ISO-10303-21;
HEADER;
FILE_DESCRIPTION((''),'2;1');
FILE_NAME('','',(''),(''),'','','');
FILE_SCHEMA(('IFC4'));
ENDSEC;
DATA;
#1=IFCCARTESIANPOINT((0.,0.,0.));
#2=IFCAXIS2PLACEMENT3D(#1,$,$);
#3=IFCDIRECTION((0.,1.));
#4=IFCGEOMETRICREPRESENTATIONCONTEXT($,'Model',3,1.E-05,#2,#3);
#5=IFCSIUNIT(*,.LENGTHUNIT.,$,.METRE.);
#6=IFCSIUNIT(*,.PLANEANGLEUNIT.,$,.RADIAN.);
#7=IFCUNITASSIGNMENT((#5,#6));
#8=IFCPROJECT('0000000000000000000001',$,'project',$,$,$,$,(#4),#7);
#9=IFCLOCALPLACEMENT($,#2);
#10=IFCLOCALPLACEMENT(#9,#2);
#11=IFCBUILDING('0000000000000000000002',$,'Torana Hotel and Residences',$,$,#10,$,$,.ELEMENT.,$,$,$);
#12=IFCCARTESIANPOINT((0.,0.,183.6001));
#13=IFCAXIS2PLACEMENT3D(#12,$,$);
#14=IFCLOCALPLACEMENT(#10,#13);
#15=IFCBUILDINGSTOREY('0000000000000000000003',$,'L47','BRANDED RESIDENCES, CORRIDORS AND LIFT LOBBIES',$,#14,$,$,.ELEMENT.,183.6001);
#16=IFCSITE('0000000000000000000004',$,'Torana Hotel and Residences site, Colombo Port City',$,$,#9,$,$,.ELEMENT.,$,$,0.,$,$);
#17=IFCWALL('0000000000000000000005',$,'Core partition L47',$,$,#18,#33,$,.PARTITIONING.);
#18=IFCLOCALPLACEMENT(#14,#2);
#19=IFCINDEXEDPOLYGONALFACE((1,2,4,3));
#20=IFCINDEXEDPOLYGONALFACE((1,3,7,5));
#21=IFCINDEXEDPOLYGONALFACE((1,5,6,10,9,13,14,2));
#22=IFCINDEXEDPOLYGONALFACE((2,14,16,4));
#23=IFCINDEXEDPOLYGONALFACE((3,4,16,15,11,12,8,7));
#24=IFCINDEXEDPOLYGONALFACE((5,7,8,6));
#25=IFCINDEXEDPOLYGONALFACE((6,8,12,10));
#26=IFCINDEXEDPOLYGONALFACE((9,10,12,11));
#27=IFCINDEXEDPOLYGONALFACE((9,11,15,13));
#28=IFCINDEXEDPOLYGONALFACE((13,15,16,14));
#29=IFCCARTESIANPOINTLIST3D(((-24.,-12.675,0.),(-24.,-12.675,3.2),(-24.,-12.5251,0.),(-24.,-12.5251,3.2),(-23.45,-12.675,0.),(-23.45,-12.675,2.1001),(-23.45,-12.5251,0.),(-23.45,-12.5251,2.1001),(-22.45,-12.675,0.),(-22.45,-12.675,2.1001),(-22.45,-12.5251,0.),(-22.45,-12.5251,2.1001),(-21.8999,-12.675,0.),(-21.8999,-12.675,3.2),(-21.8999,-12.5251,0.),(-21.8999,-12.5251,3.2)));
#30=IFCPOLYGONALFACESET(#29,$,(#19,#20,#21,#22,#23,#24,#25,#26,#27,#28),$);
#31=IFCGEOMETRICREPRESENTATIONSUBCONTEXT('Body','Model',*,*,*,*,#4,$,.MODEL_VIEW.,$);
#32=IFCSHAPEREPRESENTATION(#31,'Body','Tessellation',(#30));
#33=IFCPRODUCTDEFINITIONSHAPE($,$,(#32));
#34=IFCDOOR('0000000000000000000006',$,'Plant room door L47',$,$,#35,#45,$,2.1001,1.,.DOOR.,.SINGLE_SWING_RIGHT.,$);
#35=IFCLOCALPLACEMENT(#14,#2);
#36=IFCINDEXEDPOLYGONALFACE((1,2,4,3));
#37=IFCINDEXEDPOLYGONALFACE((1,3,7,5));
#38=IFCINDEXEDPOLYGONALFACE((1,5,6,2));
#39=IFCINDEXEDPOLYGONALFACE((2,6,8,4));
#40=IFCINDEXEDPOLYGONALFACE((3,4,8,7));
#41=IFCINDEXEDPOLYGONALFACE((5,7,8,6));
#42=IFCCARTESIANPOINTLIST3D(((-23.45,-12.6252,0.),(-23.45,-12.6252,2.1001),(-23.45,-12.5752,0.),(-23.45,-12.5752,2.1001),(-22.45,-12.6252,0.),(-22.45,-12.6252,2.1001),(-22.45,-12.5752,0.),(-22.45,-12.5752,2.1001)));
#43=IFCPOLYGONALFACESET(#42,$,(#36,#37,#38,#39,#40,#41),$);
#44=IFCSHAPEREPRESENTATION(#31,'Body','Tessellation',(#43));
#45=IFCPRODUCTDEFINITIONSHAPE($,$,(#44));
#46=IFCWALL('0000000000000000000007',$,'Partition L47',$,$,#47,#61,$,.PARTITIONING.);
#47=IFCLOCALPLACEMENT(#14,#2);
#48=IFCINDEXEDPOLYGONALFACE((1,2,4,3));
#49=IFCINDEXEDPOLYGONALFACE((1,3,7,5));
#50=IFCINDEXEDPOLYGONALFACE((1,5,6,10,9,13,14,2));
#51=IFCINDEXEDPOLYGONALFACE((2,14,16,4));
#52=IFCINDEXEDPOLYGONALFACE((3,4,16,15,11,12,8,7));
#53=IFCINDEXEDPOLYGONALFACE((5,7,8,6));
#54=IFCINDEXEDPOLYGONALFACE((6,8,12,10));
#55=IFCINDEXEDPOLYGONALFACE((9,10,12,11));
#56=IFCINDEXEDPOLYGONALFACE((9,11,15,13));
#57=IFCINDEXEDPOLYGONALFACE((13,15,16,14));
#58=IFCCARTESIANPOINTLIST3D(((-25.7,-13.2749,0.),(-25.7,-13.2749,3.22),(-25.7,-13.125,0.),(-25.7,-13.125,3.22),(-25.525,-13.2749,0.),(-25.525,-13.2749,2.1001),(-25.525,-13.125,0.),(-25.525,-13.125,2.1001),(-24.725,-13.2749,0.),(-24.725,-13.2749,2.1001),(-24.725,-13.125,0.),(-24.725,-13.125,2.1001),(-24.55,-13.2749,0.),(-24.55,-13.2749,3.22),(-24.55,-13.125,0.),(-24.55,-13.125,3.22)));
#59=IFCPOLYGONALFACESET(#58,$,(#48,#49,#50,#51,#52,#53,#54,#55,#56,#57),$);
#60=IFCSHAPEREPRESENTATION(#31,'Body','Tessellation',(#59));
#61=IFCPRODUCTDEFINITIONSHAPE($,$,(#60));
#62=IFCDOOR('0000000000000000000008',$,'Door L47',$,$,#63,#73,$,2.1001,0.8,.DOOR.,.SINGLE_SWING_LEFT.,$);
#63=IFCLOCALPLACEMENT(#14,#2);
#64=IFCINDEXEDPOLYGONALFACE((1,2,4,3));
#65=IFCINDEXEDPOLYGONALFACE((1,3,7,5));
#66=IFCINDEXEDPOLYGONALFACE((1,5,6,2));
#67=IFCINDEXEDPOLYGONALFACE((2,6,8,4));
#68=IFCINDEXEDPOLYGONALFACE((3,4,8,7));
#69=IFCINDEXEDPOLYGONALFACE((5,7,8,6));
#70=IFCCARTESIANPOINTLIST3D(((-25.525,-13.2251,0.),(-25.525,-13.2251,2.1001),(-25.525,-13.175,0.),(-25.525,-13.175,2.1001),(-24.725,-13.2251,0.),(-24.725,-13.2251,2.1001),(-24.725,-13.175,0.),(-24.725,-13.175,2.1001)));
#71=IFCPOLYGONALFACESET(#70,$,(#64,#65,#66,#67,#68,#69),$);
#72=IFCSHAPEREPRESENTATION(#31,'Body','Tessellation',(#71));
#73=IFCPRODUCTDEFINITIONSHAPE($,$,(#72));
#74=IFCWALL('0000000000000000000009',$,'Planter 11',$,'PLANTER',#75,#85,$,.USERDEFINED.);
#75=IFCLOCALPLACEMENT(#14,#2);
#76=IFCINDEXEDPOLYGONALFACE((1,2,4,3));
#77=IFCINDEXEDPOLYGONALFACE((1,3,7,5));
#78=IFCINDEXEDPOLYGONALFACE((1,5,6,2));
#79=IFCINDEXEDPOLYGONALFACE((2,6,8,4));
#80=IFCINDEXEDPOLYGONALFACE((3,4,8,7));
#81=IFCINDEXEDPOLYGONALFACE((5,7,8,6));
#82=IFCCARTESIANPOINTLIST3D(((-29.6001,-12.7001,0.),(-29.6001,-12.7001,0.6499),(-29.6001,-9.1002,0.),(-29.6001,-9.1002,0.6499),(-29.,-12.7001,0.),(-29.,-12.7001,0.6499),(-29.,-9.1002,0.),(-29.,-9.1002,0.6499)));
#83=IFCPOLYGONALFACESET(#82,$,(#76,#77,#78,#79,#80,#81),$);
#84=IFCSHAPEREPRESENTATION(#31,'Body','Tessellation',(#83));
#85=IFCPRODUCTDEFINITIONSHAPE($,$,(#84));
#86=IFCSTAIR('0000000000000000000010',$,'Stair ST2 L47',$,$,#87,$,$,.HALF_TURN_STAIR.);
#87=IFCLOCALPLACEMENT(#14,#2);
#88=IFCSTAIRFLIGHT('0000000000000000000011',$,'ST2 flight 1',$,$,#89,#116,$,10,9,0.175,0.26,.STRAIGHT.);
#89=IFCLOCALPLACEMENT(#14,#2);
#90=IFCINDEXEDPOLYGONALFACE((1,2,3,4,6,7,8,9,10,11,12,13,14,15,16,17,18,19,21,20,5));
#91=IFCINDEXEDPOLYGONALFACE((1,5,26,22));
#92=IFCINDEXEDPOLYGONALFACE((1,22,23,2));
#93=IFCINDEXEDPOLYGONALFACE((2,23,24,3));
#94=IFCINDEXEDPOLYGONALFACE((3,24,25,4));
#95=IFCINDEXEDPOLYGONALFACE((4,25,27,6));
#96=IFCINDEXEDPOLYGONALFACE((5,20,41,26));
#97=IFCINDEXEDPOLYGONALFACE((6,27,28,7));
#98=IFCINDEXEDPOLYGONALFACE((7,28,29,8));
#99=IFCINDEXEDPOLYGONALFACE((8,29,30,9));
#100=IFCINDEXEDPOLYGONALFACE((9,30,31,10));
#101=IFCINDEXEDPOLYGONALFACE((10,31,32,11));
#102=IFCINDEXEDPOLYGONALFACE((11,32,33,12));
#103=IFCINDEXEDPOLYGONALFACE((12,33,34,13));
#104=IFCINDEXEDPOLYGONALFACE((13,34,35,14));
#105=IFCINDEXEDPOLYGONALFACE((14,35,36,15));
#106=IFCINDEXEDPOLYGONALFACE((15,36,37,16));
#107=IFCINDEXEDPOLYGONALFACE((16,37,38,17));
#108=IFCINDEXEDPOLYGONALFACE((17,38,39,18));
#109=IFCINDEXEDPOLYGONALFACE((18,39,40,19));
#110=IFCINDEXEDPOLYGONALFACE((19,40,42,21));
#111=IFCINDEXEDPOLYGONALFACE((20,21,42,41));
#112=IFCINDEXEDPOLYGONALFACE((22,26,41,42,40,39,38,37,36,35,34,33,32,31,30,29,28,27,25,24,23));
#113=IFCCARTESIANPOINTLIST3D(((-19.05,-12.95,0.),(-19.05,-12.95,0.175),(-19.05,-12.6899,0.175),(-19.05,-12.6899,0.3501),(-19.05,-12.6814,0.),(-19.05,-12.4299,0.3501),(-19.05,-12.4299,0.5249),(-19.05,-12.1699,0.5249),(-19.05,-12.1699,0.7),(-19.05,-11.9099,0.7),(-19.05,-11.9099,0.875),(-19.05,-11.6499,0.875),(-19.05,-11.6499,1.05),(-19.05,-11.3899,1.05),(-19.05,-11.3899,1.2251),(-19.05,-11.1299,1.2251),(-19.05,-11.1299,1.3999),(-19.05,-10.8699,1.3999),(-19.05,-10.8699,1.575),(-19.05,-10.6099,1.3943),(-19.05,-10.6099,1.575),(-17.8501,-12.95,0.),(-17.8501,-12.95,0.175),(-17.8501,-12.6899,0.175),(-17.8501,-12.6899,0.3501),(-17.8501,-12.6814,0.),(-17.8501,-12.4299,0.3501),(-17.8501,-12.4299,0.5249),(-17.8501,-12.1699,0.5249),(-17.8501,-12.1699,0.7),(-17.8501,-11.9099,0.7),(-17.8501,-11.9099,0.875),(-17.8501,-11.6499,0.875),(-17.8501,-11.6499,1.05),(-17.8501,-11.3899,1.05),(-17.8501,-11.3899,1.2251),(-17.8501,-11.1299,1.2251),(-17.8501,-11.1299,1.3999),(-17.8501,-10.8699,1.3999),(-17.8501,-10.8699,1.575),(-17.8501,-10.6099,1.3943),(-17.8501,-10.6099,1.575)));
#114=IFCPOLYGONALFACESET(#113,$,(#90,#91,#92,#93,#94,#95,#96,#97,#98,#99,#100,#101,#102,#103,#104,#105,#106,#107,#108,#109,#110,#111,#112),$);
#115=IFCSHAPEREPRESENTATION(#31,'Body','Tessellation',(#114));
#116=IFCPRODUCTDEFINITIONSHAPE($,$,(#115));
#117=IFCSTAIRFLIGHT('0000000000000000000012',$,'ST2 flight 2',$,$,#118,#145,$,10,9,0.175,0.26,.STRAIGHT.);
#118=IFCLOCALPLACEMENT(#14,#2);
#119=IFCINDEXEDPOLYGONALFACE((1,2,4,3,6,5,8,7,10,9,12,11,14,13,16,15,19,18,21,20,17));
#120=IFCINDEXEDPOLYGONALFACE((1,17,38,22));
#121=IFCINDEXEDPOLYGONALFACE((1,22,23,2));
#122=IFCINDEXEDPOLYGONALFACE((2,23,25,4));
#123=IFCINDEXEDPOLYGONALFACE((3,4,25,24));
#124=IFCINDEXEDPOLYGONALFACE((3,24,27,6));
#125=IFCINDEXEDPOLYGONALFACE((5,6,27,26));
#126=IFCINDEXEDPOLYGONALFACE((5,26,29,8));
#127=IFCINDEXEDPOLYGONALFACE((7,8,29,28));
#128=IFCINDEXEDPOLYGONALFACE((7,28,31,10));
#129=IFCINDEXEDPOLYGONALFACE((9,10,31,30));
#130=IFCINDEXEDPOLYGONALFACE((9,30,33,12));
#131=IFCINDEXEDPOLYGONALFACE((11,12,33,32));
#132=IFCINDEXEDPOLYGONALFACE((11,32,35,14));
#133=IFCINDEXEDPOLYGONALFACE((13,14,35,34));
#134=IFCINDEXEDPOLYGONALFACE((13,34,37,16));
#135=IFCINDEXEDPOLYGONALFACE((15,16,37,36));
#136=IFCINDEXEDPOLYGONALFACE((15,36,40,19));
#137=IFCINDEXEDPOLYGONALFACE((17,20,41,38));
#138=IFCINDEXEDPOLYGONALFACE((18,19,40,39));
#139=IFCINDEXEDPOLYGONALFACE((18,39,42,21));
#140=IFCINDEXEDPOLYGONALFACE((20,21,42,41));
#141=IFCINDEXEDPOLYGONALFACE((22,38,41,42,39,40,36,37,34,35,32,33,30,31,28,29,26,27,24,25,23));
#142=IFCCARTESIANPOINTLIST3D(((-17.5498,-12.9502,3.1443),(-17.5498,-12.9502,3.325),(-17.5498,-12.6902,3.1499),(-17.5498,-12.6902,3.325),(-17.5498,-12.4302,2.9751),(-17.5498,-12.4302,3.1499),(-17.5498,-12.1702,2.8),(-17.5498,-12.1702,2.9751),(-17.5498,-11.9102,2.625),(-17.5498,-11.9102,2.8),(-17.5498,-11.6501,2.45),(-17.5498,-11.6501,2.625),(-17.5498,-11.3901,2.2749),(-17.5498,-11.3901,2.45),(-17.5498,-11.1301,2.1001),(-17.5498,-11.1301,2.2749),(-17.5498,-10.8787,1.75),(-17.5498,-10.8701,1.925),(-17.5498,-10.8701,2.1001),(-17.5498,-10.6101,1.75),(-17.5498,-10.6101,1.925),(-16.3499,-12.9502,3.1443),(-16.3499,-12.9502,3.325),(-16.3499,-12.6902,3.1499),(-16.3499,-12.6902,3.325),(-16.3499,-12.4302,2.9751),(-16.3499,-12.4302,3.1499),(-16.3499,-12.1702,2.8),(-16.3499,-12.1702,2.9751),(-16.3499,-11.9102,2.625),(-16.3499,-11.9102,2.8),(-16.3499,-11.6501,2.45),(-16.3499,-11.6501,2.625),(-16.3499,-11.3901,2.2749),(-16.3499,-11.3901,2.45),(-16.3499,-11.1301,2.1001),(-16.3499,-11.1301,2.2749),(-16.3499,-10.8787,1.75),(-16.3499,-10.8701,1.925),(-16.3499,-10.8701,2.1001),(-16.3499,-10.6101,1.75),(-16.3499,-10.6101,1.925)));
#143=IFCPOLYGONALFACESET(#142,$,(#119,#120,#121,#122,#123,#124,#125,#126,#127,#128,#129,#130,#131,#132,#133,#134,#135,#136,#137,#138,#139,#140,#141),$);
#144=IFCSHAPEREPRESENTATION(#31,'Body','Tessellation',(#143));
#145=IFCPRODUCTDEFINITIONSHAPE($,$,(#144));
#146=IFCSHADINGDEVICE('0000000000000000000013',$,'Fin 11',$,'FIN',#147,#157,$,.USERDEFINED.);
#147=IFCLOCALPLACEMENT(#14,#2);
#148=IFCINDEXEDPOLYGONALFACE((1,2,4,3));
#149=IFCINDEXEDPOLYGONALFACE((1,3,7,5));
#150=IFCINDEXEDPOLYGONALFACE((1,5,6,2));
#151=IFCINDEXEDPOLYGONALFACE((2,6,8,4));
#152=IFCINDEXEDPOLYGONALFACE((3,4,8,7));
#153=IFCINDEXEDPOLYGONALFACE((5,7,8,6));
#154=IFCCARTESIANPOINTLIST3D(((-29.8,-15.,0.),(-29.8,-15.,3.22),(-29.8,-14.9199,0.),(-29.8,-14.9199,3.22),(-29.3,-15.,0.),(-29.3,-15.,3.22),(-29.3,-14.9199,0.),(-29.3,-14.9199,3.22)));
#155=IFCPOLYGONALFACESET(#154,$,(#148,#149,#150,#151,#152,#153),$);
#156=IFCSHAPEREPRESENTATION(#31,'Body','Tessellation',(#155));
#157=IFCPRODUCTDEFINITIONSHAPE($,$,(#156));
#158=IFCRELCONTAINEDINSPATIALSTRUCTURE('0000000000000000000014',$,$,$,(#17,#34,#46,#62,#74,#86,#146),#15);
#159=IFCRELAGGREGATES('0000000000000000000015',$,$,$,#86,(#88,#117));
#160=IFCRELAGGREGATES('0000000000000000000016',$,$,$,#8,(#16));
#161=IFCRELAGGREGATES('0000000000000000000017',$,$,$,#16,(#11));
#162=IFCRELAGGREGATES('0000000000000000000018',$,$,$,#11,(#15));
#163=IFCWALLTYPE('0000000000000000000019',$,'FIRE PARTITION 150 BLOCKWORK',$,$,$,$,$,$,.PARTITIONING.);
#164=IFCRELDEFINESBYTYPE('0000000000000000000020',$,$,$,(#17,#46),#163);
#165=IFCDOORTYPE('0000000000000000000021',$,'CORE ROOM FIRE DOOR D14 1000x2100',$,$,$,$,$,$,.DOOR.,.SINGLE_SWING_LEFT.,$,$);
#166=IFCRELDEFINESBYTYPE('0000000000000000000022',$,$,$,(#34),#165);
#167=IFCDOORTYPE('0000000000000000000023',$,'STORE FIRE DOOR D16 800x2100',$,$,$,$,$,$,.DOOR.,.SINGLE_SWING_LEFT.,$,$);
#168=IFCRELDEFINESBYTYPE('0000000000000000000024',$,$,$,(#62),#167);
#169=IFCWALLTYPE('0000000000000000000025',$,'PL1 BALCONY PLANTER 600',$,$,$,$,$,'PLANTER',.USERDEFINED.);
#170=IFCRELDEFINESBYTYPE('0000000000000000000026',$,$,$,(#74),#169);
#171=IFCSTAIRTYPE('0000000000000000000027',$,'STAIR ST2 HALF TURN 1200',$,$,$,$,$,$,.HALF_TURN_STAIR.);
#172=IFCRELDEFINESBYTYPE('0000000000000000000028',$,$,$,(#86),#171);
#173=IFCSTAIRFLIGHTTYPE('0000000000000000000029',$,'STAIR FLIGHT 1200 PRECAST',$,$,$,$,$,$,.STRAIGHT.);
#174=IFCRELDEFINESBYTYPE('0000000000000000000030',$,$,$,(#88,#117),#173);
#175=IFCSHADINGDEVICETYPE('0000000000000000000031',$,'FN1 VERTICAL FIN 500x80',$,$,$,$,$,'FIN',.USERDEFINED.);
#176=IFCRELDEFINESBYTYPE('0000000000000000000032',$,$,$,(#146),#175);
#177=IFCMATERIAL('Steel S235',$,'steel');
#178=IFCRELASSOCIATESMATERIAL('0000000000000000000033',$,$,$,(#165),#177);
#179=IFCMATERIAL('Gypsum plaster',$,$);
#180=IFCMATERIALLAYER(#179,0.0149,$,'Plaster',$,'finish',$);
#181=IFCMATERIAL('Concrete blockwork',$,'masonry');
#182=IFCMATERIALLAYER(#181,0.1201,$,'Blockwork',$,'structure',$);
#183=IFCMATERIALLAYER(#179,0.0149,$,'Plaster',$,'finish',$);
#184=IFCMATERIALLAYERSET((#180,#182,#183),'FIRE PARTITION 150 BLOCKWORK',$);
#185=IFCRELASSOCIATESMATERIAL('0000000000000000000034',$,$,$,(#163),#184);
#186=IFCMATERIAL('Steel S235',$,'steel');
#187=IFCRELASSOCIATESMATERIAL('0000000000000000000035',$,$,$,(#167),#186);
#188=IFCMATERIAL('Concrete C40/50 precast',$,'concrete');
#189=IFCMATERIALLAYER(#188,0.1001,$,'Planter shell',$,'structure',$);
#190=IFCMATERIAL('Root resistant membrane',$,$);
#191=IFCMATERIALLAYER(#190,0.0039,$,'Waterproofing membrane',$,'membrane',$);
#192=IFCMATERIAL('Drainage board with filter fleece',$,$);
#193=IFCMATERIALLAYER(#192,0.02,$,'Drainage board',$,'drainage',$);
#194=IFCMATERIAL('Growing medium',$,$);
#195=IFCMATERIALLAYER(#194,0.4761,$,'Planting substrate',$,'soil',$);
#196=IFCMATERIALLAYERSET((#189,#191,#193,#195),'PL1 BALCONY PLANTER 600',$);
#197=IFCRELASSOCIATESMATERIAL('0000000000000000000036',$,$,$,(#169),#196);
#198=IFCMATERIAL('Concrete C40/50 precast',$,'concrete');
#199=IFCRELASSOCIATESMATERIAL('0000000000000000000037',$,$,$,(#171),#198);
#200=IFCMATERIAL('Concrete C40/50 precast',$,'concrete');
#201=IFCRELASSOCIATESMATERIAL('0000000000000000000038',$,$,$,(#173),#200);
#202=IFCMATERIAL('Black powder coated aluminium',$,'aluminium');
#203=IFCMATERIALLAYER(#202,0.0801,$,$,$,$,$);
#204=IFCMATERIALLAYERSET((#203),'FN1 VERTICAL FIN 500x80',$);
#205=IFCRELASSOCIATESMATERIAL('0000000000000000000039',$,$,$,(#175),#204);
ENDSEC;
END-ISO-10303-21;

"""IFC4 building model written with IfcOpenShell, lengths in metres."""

from ifc_helpers import new_model, si_unit, direction, frame, frame_2d, origin, origin_2d, place, context, subcontext, project, spatial, polyline, rectangle, outline, extrude, material, layer, layer_set, type_object, element, fill, aggregate, save


model = new_model("IFC4")

# Units and contexts
model_context = context("Model", 3, precision=1e-05, world=origin(), true_north=direction((0.0, 1.0)))
body_context = subcontext(model_context, "Body", "Model", "MODEL_VIEW")
ifc_project = project(units=[si_unit("LENGTHUNIT", "METRE"), si_unit("PLANEANGLEUNIT", "RADIAN")], contexts=[model_context])

# Site, building, storey
site_placement = place(None, origin())
site = spatial("IfcSite", under=ifc_project, at=site_placement, Name="Torana Hotel and Residences site, Colombo Port City", CompositionType="ELEMENT", RefElevation=0.0)
building_placement = place(site_placement, origin())
building = spatial("IfcBuilding", under=site, at=building_placement, Name="Torana Hotel and Residences", CompositionType="ELEMENT")
storey_placement = place(building_placement, frame((0.0, 0.0, 183.6001)))
storey = spatial("IfcBuildingStorey", under=building, at=storey_placement, Name="L47", Description="BRANDED RESIDENCES, CORRIDORS AND LIFT LOBBIES", CompositionType="ELEMENT", Elevation=183.6001)

# Shared definitions
ifc_material_1 = material(Name="Steel S235", Category="steel")
door_type_1 = type_object("IfcDoorType", Name="CORE ROOM FIRE DOOR D14 1000x2100", OperationType="SINGLE_SWING_LEFT", PredefinedType="DOOR", material=ifc_material_1)

# Walls, openings, doors
ifc_material_2 = material(Name="Gypsum plaster")
ifc_layer_1 = layer(ifc_material_2, 0.0149, Name="Plaster", Category="finish")
ifc_material_3 = material(Name="Concrete blockwork", Category="masonry")
ifc_layer_2 = layer(ifc_material_3, 0.1201, Name="Blockwork", Category="structure")
ifc_layer_3 = layer(ifc_material_2, 0.0149, Name="Plaster", Category="finish")
ifc_layer_set_1 = layer_set([ifc_layer_1, ifc_layer_2, ifc_layer_3], Name="FIRE PARTITION 150 BLOCKWORK")
wall_type_1 = type_object("IfcWallType", Name="FIRE PARTITION 150 BLOCKWORK", PredefinedType="PARTITIONING", material=ifc_layer_set_1)
wall_1_placement = place(storey_placement, frame((-24.0, -12.6001, 0.0), z_axis=(0.0, 0.0, 1.0), x_axis=(1.0, 0.0, 0.0)))
wall_1 = element("IfcWall", 1, at=wall_1_placement, inside=storey, type_object=wall_type_1, Name="Core partition L47", PredefinedType="PARTITIONING", context=body_context, shape_type="SweptSolid", body=[
    extrude(rectangle(XDim=2.1001, YDim=0.1499, at=frame_2d((1.05, 0.0))), origin(), (0.0, 0.0, 1.0), 3.2),
])
opening_1_placement = place(wall_1_placement, frame((0.55, 0.0, 0.0)))
opening_1 = element("IfcOpeningElement", 2, at=opening_1_placement, cuts=wall_1, PredefinedType="OPENING", context=body_context, shape_type="SweptSolid", body=[
    extrude(rectangle(XDim=1.0, YDim=2.1001, at=frame_2d((0.5, 1.05))), frame((0.0, 0.085, 0.0), z_axis=(0.0, -1.0, 0.0), x_axis=(1.0, 0.0, 0.0)), (0.0, 0.0, 1.0), 0.1699),
])
door_1_placement = place(opening_1_placement, origin())
door_1 = element("IfcDoor", 3, at=door_1_placement, inside=storey, type_object=door_type_1, Name="Plant room door L47", OperationType="SINGLE_SWING_RIGHT", OverallHeight=2.1001, OverallWidth=1.0, PredefinedType="DOOR", context=body_context, shape_type="SweptSolid", body=[
    extrude(rectangle(XDim=1.0, YDim=2.1001, at=frame_2d((0.5, 1.05))), frame((0.0, 0.0249, 0.0), z_axis=(0.0, -1.0, 0.0), x_axis=(1.0, 0.0, 0.0)), (0.0, 0.0, 1.0), 0.05),
])
fill(opening_1, door_1)
wall_2_placement = place(storey_placement, frame((-25.7, -13.2, 0.0), z_axis=(0.0, 0.0, 1.0), x_axis=(1.0, 0.0, 0.0)))
wall_2 = element("IfcWall", 4, at=wall_2_placement, inside=storey, type_object=wall_type_1, Name="Partition L47", PredefinedType="PARTITIONING", context=body_context, shape_type="SweptSolid", body=[
    extrude(rectangle(XDim=1.1499, YDim=0.1499, at=frame_2d((0.575, 0.0))), origin(), (0.0, 0.0, 1.0), 3.22),
])
opening_2_placement = place(wall_2_placement, frame((0.175, 0.0, 0.0)))
opening_2 = element("IfcOpeningElement", 5, at=opening_2_placement, cuts=wall_2, PredefinedType="OPENING", context=body_context, shape_type="SweptSolid", body=[
    extrude(rectangle(XDim=0.8, YDim=2.1001, at=frame_2d((0.3999, 1.05))), frame((0.0, 0.085, 0.0), z_axis=(0.0, -1.0, 0.0), x_axis=(1.0, 0.0, 0.0)), (0.0, 0.0, 1.0), 0.1699),
])
ifc_material_4 = material(Name="Steel S235", Category="steel")
door_type_2 = type_object("IfcDoorType", Name="STORE FIRE DOOR D16 800x2100", OperationType="SINGLE_SWING_LEFT", PredefinedType="DOOR", material=ifc_material_4)
door_2_placement = place(opening_2_placement, origin())
door_2 = element("IfcDoor", 6, at=door_2_placement, inside=storey, type_object=door_type_2, Name="Door L47", OperationType="SINGLE_SWING_LEFT", OverallHeight=2.1001, OverallWidth=0.8, PredefinedType="DOOR", context=body_context, shape_type="SweptSolid", body=[
    extrude(rectangle(XDim=0.8, YDim=2.1001, at=frame_2d((0.3999, 1.05))), frame((0.0, 0.0249, 0.0), z_axis=(0.0, -1.0, 0.0), x_axis=(1.0, 0.0, 0.0)), (0.0, 0.0, 1.0), 0.05),
])
fill(opening_2, door_2)

# Wall
ifc_material_5 = material(Name="Concrete C40/50 precast", Category="concrete")
ifc_layer_4 = layer(ifc_material_5, 0.1001, Name="Planter shell", Category="structure")
ifc_material_6 = material(Name="Root resistant membrane")
ifc_layer_5 = layer(ifc_material_6, 0.0039, Name="Waterproofing membrane", Category="membrane")
ifc_material_7 = material(Name="Drainage board with filter fleece")
ifc_layer_6 = layer(ifc_material_7, 0.02, Name="Drainage board", Category="drainage")
ifc_material_8 = material(Name="Growing medium")
ifc_layer_7 = layer(ifc_material_8, 0.4761, Name="Planting substrate", Category="soil")
ifc_layer_set_2 = layer_set([ifc_layer_4, ifc_layer_5, ifc_layer_6, ifc_layer_7], Name="PL1 BALCONY PLANTER 600")
wall_type_2 = type_object("IfcWallType", Name="PL1 BALCONY PLANTER 600", ElementType="PLANTER", PredefinedType="USERDEFINED", material=ifc_layer_set_2)
wall_3_placement = place(storey_placement, frame((-29.3, -12.7, 0.0), z_axis=(0.0, 0.0, 1.0), x_axis=(0.0, 1.0, 0.0)))
element("IfcWall", 7, at=wall_3_placement, inside=storey, type_object=wall_type_2, Name="Planter 11", ObjectType="PLANTER", PredefinedType="USERDEFINED", context=body_context, shape_type="SweptSolid", body=[
    extrude(rectangle(XDim=3.5999, YDim=0.6001, at=frame_2d((1.7998, 0.0))), origin(), (0.0, 0.0, 1.0), 0.6499),
])

# Stair, stair flights
ifc_material_9 = material(Name="Concrete C40/50 precast", Category="concrete")
stair_type = type_object("IfcStairType", Name="STAIR ST2 HALF TURN 1200", PredefinedType="HALF_TURN_STAIR", material=ifc_material_9)
stair_placement = place(storey_placement, origin())
stair = element("IfcStair", 8, at=stair_placement, inside=storey, type_object=stair_type, Name="Stair ST2 L47", PredefinedType="HALF_TURN_STAIR")
ifc_material_10 = material(Name="Concrete C40/50 precast", Category="concrete")
stair_flight_type = type_object("IfcStairFlightType", Name="STAIR FLIGHT 1200 PRECAST", PredefinedType="STRAIGHT", material=ifc_material_10)
stair_flight_1_placement = place(storey_placement, frame((-18.45, -12.95, 0.0), z_axis=(0.0, 0.0, 1.0), x_axis=(0.0, 1.0, 0.0)))
stair_flight_1 = element("IfcStairFlight", 9, at=stair_flight_1_placement, type_object=stair_flight_type, Name="ST2 flight 1", NumberOfRisers=10, NumberOfTreads=9, PredefinedType="STRAIGHT", RiserHeight=0.175, TreadLength=0.26, context=body_context, shape_type="SweptSolid", body=[
    extrude(outline(polyline([(0.0, 0.0), (0.0, 0.175), (0.26, 0.175), (0.26, 0.3501), (0.52, 0.3501), (0.52, 0.5249), (0.78, 0.5249), (0.78, 0.7), (1.04, 0.7), (1.04, 0.875), (1.3, 0.875), (1.3, 1.05), (1.5601, 1.05), (1.5601, 1.2251), (1.8201, 1.2251), (1.8201, 1.3999), (2.0801, 1.3999), (2.0801, 1.575), (2.3401, 1.575), (2.3401, 1.75), (2.3401, 1.3943), (0.2686, 0.0), (0.0, 0.0)])), frame((0.0, 0.6001, 0.0), z_axis=(0.0, -1.0, 0.0), x_axis=(1.0, 0.0, 0.0)), (0.0, 0.0, 1.0), 1.2),
])
stair_flight_2_placement = place(storey_placement, frame((-16.95, -10.6101, 1.75), z_axis=(0.0, 0.0, 1.0), x_axis=(0.0, -1.0, 0.0)))
stair_flight_2 = element("IfcStairFlight", 10, at=stair_flight_2_placement, type_object=stair_flight_type, Name="ST2 flight 2", NumberOfRisers=10, NumberOfTreads=9, PredefinedType="STRAIGHT", RiserHeight=0.175, TreadLength=0.26, context=body_context, shape_type="SweptSolid", body=[
    extrude(outline(polyline([(0.0, 0.0), (0.0, 0.175), (0.26, 0.175), (0.26, 0.3501), (0.52, 0.3501), (0.52, 0.5249), (0.78, 0.5249), (0.78, 0.7), (1.04, 0.7), (1.04, 0.875), (1.3, 0.875), (1.3, 1.05), (1.5601, 1.05), (1.5601, 1.2251), (1.8201, 1.2251), (1.8201, 1.3999), (2.0801, 1.3999), (2.0801, 1.575), (2.3401, 1.575), (2.3401, 1.75), (2.3401, 1.3943), (0.2686, 0.0), (0.0, 0.0)])), frame((0.0, 0.6001, 0.0), z_axis=(0.0, -1.0, 0.0), x_axis=(1.0, 0.0, 0.0)), (0.0, 0.0, 1.0), 1.2),
])
aggregate(stair, [stair_flight_1, stair_flight_2])

# Shading device
ifc_material_11 = material(Name="Black powder coated aluminium", Category="aluminium")
ifc_layer_8 = layer(ifc_material_11, 0.0801)
ifc_layer_set_3 = layer_set([ifc_layer_8], Name="FN1 VERTICAL FIN 500x80")
shading_device_type = type_object("IfcShadingDeviceType", Name="FN1 VERTICAL FIN 500x80", ElementType="FIN", PredefinedType="USERDEFINED", material=ifc_layer_set_3)
shading_device_placement = place(storey_placement, frame((-29.55, -14.96, 0.0), z_axis=(0.0, 0.0, 1.0), x_axis=(0.0, 1.0, 0.0)))
element("IfcShadingDevice", 11, at=shading_device_placement, inside=storey, type_object=shading_device_type, Name="Fin 11", ObjectType="FIN", PredefinedType="USERDEFINED", context=body_context, shape_type="SweptSolid", body=[
    extrude(rectangle(XDim=0.0801, YDim=0.5, at=origin_2d()), origin(), (0.0, 0.0, 1.0), 3.22),
])

save(model, "model.ifc")
